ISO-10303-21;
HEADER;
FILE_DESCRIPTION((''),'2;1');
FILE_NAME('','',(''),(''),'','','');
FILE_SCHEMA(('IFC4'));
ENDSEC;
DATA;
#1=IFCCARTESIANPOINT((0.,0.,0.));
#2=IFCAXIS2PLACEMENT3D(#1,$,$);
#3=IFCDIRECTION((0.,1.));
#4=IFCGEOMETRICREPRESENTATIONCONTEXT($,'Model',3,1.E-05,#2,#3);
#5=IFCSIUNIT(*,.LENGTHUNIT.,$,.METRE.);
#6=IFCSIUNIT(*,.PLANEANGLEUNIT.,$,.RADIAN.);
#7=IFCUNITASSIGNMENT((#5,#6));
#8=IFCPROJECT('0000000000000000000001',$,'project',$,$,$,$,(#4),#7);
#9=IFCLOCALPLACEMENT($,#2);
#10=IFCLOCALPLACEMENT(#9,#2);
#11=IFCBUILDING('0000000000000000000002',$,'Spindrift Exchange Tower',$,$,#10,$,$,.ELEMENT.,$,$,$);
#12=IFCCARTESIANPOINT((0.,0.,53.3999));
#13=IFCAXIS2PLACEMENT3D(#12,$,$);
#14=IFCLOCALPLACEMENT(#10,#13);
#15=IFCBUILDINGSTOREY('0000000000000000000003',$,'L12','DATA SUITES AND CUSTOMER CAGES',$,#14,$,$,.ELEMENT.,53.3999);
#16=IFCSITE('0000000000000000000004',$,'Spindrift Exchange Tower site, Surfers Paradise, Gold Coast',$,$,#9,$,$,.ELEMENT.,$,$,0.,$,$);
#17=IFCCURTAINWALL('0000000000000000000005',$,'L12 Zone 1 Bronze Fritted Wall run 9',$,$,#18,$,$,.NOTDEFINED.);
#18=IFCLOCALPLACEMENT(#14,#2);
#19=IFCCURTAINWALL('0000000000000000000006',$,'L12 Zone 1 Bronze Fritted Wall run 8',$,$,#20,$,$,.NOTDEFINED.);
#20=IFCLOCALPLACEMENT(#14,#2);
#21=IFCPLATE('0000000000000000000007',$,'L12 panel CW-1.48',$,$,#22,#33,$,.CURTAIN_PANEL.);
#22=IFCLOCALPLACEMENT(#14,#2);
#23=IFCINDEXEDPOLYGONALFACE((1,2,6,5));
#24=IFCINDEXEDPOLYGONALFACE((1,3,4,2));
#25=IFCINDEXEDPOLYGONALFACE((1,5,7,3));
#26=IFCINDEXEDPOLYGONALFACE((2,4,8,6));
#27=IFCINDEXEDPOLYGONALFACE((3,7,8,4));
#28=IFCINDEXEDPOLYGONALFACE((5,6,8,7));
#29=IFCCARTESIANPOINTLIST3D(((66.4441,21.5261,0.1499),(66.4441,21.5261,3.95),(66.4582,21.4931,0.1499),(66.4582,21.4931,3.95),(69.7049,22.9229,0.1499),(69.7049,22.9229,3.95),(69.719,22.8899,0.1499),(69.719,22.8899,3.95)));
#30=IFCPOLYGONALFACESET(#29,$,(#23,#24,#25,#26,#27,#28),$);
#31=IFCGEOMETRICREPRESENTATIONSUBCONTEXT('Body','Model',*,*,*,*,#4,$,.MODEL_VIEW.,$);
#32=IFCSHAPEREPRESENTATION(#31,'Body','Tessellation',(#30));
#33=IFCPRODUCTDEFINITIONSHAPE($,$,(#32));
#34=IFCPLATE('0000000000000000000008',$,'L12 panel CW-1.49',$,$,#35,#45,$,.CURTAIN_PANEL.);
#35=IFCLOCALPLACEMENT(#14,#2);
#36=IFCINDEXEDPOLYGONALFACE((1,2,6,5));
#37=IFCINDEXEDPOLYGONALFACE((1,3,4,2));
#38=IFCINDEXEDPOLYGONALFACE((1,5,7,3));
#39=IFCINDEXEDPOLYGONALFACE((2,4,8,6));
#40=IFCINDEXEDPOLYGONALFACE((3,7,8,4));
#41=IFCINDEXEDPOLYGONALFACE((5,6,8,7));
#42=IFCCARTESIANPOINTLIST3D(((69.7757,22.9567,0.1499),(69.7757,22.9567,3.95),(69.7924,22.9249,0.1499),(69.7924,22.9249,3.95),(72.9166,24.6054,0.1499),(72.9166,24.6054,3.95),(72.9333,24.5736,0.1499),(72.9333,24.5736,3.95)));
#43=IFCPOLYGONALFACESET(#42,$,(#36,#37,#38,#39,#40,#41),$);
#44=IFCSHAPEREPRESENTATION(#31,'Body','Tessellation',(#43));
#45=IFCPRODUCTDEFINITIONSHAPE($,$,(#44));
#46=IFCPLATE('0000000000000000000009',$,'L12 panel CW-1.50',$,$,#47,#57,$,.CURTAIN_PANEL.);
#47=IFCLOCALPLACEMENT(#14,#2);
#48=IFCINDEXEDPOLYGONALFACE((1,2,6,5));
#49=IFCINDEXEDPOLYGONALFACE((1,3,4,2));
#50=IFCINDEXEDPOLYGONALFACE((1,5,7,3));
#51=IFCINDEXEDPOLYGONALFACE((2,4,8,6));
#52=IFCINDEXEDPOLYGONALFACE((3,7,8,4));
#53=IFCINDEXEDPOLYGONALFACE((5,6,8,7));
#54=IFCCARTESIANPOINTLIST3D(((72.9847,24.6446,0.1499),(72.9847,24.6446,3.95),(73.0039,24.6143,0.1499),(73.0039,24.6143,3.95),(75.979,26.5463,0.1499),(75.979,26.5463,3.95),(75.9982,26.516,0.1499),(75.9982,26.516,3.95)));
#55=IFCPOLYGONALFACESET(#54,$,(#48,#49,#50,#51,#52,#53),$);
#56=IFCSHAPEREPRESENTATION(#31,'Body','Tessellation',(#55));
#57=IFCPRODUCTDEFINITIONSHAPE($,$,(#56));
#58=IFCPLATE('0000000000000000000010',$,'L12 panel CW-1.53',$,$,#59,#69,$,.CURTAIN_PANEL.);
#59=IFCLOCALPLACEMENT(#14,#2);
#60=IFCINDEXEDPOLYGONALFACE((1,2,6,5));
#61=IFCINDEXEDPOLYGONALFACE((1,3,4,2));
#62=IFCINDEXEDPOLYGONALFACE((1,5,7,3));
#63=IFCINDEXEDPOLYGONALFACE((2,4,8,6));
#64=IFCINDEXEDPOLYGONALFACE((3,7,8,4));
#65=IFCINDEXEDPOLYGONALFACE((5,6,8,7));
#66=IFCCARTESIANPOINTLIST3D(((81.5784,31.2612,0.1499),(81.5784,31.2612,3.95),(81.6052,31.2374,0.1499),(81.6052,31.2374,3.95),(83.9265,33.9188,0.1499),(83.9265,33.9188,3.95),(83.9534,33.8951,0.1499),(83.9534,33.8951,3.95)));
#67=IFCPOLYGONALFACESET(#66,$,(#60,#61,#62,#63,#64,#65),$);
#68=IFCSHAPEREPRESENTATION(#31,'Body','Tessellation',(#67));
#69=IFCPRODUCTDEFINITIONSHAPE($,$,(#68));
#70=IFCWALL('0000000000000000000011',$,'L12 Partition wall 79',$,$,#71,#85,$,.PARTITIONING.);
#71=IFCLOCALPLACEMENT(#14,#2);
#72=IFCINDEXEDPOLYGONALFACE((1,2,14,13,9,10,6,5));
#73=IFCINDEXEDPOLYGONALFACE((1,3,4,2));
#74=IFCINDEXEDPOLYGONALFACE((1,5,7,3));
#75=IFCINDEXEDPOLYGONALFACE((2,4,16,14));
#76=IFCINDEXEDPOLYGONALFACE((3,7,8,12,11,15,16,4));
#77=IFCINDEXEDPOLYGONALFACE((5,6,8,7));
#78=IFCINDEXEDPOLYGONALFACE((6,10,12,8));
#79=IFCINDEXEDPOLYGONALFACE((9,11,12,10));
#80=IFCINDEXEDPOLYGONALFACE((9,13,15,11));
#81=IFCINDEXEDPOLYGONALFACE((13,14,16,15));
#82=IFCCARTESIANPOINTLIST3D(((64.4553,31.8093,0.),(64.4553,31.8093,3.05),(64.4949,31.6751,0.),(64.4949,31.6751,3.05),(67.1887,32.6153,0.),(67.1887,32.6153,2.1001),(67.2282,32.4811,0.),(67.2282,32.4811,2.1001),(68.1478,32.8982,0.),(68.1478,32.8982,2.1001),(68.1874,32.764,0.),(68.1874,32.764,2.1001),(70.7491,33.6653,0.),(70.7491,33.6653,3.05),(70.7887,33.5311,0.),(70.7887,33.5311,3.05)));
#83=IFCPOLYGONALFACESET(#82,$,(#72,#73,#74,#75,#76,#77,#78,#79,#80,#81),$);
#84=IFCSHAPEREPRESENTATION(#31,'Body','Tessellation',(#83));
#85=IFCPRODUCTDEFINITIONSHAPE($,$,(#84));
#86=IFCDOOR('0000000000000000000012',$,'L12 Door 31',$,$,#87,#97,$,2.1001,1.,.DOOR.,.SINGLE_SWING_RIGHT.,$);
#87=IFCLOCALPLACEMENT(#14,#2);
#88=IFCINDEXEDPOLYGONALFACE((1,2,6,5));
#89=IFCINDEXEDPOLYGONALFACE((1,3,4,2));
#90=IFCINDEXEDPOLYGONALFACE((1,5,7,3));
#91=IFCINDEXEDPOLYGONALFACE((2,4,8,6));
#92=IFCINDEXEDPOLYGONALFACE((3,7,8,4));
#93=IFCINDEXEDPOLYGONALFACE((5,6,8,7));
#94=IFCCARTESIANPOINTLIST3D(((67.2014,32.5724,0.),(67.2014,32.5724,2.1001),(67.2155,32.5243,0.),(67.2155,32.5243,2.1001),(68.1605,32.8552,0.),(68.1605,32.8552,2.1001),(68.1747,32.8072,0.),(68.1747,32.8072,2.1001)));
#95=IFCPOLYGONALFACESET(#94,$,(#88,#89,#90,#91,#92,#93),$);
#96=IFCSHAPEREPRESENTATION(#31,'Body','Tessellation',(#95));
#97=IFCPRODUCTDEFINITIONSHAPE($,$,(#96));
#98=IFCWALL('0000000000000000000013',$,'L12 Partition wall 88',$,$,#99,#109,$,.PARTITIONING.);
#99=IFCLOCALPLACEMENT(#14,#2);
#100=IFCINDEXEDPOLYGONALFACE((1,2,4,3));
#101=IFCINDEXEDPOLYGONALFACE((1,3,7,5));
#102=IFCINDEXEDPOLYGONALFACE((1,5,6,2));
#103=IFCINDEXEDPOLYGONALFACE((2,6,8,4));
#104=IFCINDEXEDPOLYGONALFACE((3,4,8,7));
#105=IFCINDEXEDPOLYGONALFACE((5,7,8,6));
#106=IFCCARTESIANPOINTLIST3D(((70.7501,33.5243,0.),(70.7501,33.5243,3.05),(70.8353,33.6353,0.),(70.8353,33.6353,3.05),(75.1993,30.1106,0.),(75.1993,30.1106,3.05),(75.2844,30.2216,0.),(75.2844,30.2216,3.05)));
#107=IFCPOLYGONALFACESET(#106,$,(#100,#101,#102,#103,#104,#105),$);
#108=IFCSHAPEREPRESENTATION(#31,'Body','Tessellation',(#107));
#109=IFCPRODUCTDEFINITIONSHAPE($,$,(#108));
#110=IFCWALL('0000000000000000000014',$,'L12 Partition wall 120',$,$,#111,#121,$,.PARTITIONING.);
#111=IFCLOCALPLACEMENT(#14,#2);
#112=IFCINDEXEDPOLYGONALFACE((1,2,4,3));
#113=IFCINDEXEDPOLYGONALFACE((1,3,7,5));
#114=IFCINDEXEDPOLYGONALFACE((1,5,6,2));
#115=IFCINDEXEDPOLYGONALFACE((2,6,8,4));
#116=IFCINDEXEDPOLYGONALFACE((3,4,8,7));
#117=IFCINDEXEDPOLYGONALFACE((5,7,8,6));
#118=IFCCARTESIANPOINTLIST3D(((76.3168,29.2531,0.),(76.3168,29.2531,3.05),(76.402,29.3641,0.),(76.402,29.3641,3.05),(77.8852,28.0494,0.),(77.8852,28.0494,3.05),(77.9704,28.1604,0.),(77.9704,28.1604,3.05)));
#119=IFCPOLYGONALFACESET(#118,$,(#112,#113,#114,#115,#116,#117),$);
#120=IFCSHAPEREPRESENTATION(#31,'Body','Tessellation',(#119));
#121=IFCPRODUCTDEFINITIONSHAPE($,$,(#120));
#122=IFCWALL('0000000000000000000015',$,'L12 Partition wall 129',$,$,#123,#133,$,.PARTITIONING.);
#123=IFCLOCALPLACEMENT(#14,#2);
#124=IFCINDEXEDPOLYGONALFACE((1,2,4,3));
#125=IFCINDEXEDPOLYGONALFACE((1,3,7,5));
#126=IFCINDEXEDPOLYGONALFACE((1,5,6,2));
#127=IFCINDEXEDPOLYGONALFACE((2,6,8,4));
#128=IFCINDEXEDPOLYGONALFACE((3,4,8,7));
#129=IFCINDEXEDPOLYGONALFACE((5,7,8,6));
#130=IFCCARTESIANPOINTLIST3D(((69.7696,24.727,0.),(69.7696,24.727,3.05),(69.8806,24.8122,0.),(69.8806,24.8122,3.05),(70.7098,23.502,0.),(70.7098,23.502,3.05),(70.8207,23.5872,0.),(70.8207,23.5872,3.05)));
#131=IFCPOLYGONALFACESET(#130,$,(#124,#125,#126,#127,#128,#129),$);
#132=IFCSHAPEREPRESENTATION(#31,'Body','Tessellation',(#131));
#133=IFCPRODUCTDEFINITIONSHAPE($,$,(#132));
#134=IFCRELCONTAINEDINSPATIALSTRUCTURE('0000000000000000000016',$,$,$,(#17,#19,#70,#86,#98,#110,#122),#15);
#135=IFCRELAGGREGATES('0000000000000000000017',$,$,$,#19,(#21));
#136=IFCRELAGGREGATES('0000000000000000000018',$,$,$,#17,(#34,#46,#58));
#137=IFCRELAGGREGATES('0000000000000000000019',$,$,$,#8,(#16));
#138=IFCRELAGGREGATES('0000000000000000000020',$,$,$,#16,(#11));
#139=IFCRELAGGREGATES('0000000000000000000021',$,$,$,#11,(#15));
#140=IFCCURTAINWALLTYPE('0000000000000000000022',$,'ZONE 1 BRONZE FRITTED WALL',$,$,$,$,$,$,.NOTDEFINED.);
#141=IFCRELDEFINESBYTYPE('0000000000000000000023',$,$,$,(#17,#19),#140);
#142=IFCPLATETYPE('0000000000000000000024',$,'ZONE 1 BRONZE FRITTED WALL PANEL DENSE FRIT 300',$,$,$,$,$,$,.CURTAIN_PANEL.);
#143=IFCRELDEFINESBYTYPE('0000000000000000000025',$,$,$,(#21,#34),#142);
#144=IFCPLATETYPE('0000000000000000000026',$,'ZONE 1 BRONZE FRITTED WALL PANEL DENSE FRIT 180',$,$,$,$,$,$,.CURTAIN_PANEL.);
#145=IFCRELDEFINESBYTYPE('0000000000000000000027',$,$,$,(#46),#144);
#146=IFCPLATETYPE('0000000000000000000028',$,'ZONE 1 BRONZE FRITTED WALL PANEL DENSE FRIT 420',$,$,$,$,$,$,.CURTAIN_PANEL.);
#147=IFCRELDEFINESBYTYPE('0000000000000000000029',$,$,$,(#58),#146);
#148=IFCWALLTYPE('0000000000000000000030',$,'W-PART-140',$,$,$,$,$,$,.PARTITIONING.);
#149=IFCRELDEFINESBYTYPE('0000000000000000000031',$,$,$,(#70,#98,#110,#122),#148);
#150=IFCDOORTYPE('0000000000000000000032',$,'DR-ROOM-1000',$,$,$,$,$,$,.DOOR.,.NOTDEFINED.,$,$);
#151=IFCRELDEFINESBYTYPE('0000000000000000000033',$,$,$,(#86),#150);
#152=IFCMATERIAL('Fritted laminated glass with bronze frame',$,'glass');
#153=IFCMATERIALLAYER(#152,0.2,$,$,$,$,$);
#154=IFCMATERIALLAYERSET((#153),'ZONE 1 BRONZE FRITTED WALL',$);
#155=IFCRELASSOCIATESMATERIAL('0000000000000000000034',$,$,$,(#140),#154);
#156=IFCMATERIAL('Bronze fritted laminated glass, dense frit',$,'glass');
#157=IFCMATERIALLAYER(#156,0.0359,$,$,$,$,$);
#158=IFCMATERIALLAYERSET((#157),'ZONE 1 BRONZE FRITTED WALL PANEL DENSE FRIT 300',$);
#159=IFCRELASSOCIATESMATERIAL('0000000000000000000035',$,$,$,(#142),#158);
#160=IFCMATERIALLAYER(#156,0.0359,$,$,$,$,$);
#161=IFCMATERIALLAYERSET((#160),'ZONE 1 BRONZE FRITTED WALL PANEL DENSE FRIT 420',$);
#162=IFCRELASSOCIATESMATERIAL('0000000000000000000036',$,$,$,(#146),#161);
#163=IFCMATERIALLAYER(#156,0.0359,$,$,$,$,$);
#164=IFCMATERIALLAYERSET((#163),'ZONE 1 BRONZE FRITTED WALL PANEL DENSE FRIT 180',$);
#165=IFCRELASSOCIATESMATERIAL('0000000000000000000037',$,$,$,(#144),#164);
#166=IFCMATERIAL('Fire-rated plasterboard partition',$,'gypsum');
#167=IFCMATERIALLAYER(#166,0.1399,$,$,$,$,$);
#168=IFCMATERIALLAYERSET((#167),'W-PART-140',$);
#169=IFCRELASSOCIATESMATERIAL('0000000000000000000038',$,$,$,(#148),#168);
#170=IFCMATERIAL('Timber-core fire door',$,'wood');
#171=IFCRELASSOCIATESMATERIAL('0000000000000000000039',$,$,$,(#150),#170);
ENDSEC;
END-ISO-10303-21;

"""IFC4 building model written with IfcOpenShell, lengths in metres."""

from ifc_helpers import new_model, si_unit, direction, frame, frame_2d, origin, origin_2d, place, context, subcontext, project, spatial, rectangle, extrude, source, transform, mapped, material, layer, layer_set, type_object, element, fill, aggregate, save


model = new_model("IFC4")

# Units and contexts
model_context = context("Model", 3, precision=1e-05, world=origin(), true_north=direction((0.0, 1.0)))
body_context = subcontext(model_context, "Body", "Model", "MODEL_VIEW")
ifc_project = project(units=[si_unit("LENGTHUNIT", "METRE"), si_unit("PLANEANGLEUNIT", "RADIAN")], contexts=[model_context])

# Site, building, storey
site_placement = place(None, origin())
site = spatial("IfcSite", under=ifc_project, at=site_placement, Name="Spindrift Exchange Tower site, Surfers Paradise, Gold Coast", CompositionType="ELEMENT", RefElevation=0.0)
building_placement = place(site_placement, origin())
building = spatial("IfcBuilding", under=site, at=building_placement, Name="Spindrift Exchange Tower", CompositionType="ELEMENT")
storey_placement = place(building_placement, frame((0.0, 0.0, 53.3999)))
storey = spatial("IfcBuildingStorey", under=building, at=storey_placement, Name="L12", Description="DATA SUITES AND CUSTOMER CAGES", CompositionType="ELEMENT", Elevation=53.3999)

# Curtain walls
ifc_material_1 = material(Name="Fritted laminated glass with bronze frame", Category="glass")
ifc_layer_1 = layer(ifc_material_1, 0.2)
ifc_layer_set_1 = layer_set([ifc_layer_1], Name="ZONE 1 BRONZE FRITTED WALL")
curtain_wall_type = type_object("IfcCurtainWallType", Name="ZONE 1 BRONZE FRITTED WALL", PredefinedType="NOTDEFINED", material=ifc_layer_set_1)
curtain_wall_1_placement = place(storey_placement, origin())
curtain_wall_1 = element("IfcCurtainWall", 1, at=curtain_wall_1_placement, inside=storey, type_object=curtain_wall_type, Name="L12 Zone 1 Bronze Fritted Wall run 9", PredefinedType="NOTDEFINED")
curtain_wall_2_placement = place(storey_placement, origin())
curtain_wall_2 = element("IfcCurtainWall", 2, at=curtain_wall_2_placement, inside=storey, type_object=curtain_wall_type, Name="L12 Zone 1 Bronze Fritted Wall run 8", PredefinedType="NOTDEFINED")

# Plates
ifc_material_2 = material(Name="Bronze fritted laminated glass, dense frit", Category="glass")
ifc_layer_2 = layer(ifc_material_2, 0.0359)
ifc_layer_set_2 = layer_set([ifc_layer_2], Name="ZONE 1 BRONZE FRITTED WALL PANEL DENSE FRIT 300")
plate_type_1 = type_object("IfcPlateType", Name="ZONE 1 BRONZE FRITTED WALL PANEL DENSE FRIT 300", PredefinedType="CURTAIN_PANEL", material=ifc_layer_set_2)
ifc_layer_3 = layer(ifc_material_2, 0.0359)
ifc_layer_set_3 = layer_set([ifc_layer_3], Name="ZONE 1 BRONZE FRITTED WALL PANEL DENSE FRIT 420")
plate_type_2 = type_object("IfcPlateType", Name="ZONE 1 BRONZE FRITTED WALL PANEL DENSE FRIT 420", PredefinedType="CURTAIN_PANEL", material=ifc_layer_set_3)
shared_shape_1 = source(origin(), body_context, "Body", "SweptSolid", [
    extrude(rectangle(XDim=3.5474, YDim=0.0359, at=origin_2d()), origin(), (0.0, 0.0, 1.0), 3.8),
])
plate_1_placement = place(storey_placement, frame((68.0815, 22.208, 0.1499), z_axis=(0.0, 0.0, 1.0), x_axis=(0.919223, 0.393737, 0.0)))
plate_1 = element("IfcPlate", 3, at=plate_1_placement, type_object=plate_type_1, Name="L12 panel CW-1.48", PredefinedType="CURTAIN_PANEL", context=body_context, shape_type="MappedRepresentation", body=[
    mapped(shared_shape_1, transform((0.0, 0.0, 0.0), scale=1.0)),
])
aggregate(curtain_wall_2, [plate_1])
plate_2_placement = place(storey_placement, frame((71.3545, 23.7651, 0.1499), z_axis=(0.0, 0.0, 1.0), x_axis=(0.885425, 0.464782, 0.0)))
plate_2 = element("IfcPlate", 4, at=plate_2_placement, type_object=plate_type_1, Name="L12 panel CW-1.49", PredefinedType="CURTAIN_PANEL", context=body_context, shape_type="MappedRepresentation", body=[
    mapped(shared_shape_1, transform((0.0, 0.0, 0.0), scale=1.0)),
])
ifc_layer_4 = layer(ifc_material_2, 0.0359)
ifc_layer_set_4 = layer_set([ifc_layer_4], Name="ZONE 1 BRONZE FRITTED WALL PANEL DENSE FRIT 180")
plate_type_3 = type_object("IfcPlateType", Name="ZONE 1 BRONZE FRITTED WALL PANEL DENSE FRIT 180", PredefinedType="CURTAIN_PANEL", material=ifc_layer_set_4)
shared_shape_2 = source(origin(), body_context, "Body", "SweptSolid", [
    extrude(rectangle(XDim=3.5471, YDim=0.0359, at=origin_2d()), origin(), (0.0, 0.0, 1.0), 3.8),
])
plate_3_placement = place(storey_placement, frame((74.4915, 25.5803, 0.1499), z_axis=(0.0, 0.0, 1.0), x_axis=(0.844138, 0.536126, 0.0)))
plate_3 = element("IfcPlate", 5, at=plate_3_placement, type_object=plate_type_3, Name="L12 panel CW-1.50", PredefinedType="CURTAIN_PANEL", context=body_context, shape_type="MappedRepresentation", body=[
    mapped(shared_shape_2, transform((0.0, 0.0, 0.0), scale=1.0)),
])
shared_shape_3 = source(origin(), body_context, "Body", "SweptSolid", [
    extrude(rectangle(XDim=3.5464, YDim=0.0359, at=origin_2d()), origin(), (0.0, 0.0, 1.0), 3.8),
])
plate_4_placement = place(storey_placement, frame((82.7659, 32.5781, 0.1499), z_axis=(0.0, 0.0, 1.0), x_axis=(0.662122, 0.749396, 0.0)))
plate_4 = element("IfcPlate", 6, at=plate_4_placement, type_object=plate_type_2, Name="L12 panel CW-1.53", PredefinedType="CURTAIN_PANEL", context=body_context, shape_type="MappedRepresentation", body=[
    mapped(shared_shape_3, transform((0.0, 0.0, 0.0), scale=1.0)),
])
aggregate(curtain_wall_1, [plate_2, plate_3, plate_4])

# Wall, opening, door
ifc_material_3 = material(Name="Fire-rated plasterboard partition", Category="gypsum")
ifc_layer_5 = layer(ifc_material_3, 0.1399)
ifc_layer_set_5 = layer_set([ifc_layer_5], Name="W-PART-140")
wall_type = type_object("IfcWallType", Name="W-PART-140", PredefinedType="PARTITIONING", material=ifc_layer_set_5)
wall_1_placement = place(storey_placement, frame((70.7688, 33.5981, 0.0), z_axis=(0.0, 0.0, 1.0), x_axis=(-0.959164, -0.282849, 0.0)))
wall_1 = element("IfcWall", 7, at=wall_1_placement, inside=storey, type_object=wall_type, Name="L12 Partition wall 79", PredefinedType="PARTITIONING", context=body_context, shape_type="SweptSolid", body=[
    extrude(rectangle(XDim=6.5618, YDim=0.1399, at=frame_2d((3.2808, 0.0))), origin(), (0.0, 0.0, 1.0), 3.05),
])
opening_placement = place(wall_1_placement, frame((2.7119, 0.0, 0.0)))
opening = element("IfcOpeningElement", 8, at=opening_placement, cuts=wall_1, PredefinedType="OPENING", context=body_context, shape_type="SweptSolid", body=[
    extrude(rectangle(XDim=1.0, YDim=2.1001, at=frame_2d((0.5, 1.05))), frame((0.0, 0.0798, 0.0), z_axis=(0.0, -1.0, 0.0), x_axis=(1.0, 0.0, 0.0)), (0.0, 0.0, 1.0), 0.1599),
])
ifc_material_4 = material(Name="Timber-core fire door", Category="wood")
door_type = type_object("IfcDoorType", Name="DR-ROOM-1000", OperationType="NOTDEFINED", PredefinedType="DOOR", material=ifc_material_4)
shared_shape_4 = source(origin(), body_context, "Body", "SweptSolid", [
    extrude(rectangle(XDim=1.0, YDim=2.1001, at=frame_2d((0.5, 1.05))), frame((0.0, 0.0249, 0.0), z_axis=(0.0, -1.0, 0.0), x_axis=(1.0, 0.0, 0.0)), (0.0, 0.0, 1.0), 0.05),
])
door_placement = place(opening_placement, origin())
door = element("IfcDoor", 9, at=door_placement, inside=storey, type_object=door_type, Name="L12 Door 31", OperationType="SINGLE_SWING_RIGHT", OverallHeight=2.1001, OverallWidth=1.0, PredefinedType="DOOR", context=body_context, shape_type="MappedRepresentation", body=[
    mapped(shared_shape_4, transform((0.0, 0.0, 0.0), scale=1.0)),
])
fill(opening, door)

# Walls
wall_2_placement = place(storey_placement, frame((70.7927, 33.5798, 0.0), z_axis=(0.0, 0.0, 1.0), x_axis=(0.793369, -0.60874, 0.0)))
element("IfcWall", 10, at=wall_2_placement, inside=storey, type_object=wall_type, Name="L12 Partition wall 88", PredefinedType="PARTITIONING", context=body_context, shape_type="SweptSolid", body=[
    extrude(rectangle(XDim=5.6079, YDim=0.1399, at=frame_2d((2.804, 0.0))), origin(), (0.0, 0.0, 1.0), 3.05),
])
wall_3_placement = place(storey_placement, frame((76.3594, 29.3086, 0.0), z_axis=(0.0, 0.0, 1.0), x_axis=(0.793312, -0.608815, 0.0)))
element("IfcWall", 11, at=wall_3_placement, inside=storey, type_object=wall_type, Name="L12 Partition wall 120", PredefinedType="PARTITIONING", context=body_context, shape_type="SweptSolid", body=[
    extrude(rectangle(XDim=1.9771, YDim=0.1399, at=frame_2d((0.9885, 0.0))), origin(), (0.0, 0.0, 1.0), 3.05),
])
wall_4_placement = place(storey_placement, frame((69.8252, 24.7695, 0.0), z_axis=(0.0, 0.0, 1.0), x_axis=(0.608816, -0.793311, 0.0)))
element("IfcWall", 12, at=wall_4_placement, inside=storey, type_object=wall_type, Name="L12 Partition wall 129", PredefinedType="PARTITIONING", context=body_context, shape_type="SweptSolid", body=[
    extrude(rectangle(XDim=1.5442, YDim=0.1399, at=frame_2d((0.772, 0.0))), origin(), (0.0, 0.0, 1.0), 3.05),
])

save(model, "model.ifc")
